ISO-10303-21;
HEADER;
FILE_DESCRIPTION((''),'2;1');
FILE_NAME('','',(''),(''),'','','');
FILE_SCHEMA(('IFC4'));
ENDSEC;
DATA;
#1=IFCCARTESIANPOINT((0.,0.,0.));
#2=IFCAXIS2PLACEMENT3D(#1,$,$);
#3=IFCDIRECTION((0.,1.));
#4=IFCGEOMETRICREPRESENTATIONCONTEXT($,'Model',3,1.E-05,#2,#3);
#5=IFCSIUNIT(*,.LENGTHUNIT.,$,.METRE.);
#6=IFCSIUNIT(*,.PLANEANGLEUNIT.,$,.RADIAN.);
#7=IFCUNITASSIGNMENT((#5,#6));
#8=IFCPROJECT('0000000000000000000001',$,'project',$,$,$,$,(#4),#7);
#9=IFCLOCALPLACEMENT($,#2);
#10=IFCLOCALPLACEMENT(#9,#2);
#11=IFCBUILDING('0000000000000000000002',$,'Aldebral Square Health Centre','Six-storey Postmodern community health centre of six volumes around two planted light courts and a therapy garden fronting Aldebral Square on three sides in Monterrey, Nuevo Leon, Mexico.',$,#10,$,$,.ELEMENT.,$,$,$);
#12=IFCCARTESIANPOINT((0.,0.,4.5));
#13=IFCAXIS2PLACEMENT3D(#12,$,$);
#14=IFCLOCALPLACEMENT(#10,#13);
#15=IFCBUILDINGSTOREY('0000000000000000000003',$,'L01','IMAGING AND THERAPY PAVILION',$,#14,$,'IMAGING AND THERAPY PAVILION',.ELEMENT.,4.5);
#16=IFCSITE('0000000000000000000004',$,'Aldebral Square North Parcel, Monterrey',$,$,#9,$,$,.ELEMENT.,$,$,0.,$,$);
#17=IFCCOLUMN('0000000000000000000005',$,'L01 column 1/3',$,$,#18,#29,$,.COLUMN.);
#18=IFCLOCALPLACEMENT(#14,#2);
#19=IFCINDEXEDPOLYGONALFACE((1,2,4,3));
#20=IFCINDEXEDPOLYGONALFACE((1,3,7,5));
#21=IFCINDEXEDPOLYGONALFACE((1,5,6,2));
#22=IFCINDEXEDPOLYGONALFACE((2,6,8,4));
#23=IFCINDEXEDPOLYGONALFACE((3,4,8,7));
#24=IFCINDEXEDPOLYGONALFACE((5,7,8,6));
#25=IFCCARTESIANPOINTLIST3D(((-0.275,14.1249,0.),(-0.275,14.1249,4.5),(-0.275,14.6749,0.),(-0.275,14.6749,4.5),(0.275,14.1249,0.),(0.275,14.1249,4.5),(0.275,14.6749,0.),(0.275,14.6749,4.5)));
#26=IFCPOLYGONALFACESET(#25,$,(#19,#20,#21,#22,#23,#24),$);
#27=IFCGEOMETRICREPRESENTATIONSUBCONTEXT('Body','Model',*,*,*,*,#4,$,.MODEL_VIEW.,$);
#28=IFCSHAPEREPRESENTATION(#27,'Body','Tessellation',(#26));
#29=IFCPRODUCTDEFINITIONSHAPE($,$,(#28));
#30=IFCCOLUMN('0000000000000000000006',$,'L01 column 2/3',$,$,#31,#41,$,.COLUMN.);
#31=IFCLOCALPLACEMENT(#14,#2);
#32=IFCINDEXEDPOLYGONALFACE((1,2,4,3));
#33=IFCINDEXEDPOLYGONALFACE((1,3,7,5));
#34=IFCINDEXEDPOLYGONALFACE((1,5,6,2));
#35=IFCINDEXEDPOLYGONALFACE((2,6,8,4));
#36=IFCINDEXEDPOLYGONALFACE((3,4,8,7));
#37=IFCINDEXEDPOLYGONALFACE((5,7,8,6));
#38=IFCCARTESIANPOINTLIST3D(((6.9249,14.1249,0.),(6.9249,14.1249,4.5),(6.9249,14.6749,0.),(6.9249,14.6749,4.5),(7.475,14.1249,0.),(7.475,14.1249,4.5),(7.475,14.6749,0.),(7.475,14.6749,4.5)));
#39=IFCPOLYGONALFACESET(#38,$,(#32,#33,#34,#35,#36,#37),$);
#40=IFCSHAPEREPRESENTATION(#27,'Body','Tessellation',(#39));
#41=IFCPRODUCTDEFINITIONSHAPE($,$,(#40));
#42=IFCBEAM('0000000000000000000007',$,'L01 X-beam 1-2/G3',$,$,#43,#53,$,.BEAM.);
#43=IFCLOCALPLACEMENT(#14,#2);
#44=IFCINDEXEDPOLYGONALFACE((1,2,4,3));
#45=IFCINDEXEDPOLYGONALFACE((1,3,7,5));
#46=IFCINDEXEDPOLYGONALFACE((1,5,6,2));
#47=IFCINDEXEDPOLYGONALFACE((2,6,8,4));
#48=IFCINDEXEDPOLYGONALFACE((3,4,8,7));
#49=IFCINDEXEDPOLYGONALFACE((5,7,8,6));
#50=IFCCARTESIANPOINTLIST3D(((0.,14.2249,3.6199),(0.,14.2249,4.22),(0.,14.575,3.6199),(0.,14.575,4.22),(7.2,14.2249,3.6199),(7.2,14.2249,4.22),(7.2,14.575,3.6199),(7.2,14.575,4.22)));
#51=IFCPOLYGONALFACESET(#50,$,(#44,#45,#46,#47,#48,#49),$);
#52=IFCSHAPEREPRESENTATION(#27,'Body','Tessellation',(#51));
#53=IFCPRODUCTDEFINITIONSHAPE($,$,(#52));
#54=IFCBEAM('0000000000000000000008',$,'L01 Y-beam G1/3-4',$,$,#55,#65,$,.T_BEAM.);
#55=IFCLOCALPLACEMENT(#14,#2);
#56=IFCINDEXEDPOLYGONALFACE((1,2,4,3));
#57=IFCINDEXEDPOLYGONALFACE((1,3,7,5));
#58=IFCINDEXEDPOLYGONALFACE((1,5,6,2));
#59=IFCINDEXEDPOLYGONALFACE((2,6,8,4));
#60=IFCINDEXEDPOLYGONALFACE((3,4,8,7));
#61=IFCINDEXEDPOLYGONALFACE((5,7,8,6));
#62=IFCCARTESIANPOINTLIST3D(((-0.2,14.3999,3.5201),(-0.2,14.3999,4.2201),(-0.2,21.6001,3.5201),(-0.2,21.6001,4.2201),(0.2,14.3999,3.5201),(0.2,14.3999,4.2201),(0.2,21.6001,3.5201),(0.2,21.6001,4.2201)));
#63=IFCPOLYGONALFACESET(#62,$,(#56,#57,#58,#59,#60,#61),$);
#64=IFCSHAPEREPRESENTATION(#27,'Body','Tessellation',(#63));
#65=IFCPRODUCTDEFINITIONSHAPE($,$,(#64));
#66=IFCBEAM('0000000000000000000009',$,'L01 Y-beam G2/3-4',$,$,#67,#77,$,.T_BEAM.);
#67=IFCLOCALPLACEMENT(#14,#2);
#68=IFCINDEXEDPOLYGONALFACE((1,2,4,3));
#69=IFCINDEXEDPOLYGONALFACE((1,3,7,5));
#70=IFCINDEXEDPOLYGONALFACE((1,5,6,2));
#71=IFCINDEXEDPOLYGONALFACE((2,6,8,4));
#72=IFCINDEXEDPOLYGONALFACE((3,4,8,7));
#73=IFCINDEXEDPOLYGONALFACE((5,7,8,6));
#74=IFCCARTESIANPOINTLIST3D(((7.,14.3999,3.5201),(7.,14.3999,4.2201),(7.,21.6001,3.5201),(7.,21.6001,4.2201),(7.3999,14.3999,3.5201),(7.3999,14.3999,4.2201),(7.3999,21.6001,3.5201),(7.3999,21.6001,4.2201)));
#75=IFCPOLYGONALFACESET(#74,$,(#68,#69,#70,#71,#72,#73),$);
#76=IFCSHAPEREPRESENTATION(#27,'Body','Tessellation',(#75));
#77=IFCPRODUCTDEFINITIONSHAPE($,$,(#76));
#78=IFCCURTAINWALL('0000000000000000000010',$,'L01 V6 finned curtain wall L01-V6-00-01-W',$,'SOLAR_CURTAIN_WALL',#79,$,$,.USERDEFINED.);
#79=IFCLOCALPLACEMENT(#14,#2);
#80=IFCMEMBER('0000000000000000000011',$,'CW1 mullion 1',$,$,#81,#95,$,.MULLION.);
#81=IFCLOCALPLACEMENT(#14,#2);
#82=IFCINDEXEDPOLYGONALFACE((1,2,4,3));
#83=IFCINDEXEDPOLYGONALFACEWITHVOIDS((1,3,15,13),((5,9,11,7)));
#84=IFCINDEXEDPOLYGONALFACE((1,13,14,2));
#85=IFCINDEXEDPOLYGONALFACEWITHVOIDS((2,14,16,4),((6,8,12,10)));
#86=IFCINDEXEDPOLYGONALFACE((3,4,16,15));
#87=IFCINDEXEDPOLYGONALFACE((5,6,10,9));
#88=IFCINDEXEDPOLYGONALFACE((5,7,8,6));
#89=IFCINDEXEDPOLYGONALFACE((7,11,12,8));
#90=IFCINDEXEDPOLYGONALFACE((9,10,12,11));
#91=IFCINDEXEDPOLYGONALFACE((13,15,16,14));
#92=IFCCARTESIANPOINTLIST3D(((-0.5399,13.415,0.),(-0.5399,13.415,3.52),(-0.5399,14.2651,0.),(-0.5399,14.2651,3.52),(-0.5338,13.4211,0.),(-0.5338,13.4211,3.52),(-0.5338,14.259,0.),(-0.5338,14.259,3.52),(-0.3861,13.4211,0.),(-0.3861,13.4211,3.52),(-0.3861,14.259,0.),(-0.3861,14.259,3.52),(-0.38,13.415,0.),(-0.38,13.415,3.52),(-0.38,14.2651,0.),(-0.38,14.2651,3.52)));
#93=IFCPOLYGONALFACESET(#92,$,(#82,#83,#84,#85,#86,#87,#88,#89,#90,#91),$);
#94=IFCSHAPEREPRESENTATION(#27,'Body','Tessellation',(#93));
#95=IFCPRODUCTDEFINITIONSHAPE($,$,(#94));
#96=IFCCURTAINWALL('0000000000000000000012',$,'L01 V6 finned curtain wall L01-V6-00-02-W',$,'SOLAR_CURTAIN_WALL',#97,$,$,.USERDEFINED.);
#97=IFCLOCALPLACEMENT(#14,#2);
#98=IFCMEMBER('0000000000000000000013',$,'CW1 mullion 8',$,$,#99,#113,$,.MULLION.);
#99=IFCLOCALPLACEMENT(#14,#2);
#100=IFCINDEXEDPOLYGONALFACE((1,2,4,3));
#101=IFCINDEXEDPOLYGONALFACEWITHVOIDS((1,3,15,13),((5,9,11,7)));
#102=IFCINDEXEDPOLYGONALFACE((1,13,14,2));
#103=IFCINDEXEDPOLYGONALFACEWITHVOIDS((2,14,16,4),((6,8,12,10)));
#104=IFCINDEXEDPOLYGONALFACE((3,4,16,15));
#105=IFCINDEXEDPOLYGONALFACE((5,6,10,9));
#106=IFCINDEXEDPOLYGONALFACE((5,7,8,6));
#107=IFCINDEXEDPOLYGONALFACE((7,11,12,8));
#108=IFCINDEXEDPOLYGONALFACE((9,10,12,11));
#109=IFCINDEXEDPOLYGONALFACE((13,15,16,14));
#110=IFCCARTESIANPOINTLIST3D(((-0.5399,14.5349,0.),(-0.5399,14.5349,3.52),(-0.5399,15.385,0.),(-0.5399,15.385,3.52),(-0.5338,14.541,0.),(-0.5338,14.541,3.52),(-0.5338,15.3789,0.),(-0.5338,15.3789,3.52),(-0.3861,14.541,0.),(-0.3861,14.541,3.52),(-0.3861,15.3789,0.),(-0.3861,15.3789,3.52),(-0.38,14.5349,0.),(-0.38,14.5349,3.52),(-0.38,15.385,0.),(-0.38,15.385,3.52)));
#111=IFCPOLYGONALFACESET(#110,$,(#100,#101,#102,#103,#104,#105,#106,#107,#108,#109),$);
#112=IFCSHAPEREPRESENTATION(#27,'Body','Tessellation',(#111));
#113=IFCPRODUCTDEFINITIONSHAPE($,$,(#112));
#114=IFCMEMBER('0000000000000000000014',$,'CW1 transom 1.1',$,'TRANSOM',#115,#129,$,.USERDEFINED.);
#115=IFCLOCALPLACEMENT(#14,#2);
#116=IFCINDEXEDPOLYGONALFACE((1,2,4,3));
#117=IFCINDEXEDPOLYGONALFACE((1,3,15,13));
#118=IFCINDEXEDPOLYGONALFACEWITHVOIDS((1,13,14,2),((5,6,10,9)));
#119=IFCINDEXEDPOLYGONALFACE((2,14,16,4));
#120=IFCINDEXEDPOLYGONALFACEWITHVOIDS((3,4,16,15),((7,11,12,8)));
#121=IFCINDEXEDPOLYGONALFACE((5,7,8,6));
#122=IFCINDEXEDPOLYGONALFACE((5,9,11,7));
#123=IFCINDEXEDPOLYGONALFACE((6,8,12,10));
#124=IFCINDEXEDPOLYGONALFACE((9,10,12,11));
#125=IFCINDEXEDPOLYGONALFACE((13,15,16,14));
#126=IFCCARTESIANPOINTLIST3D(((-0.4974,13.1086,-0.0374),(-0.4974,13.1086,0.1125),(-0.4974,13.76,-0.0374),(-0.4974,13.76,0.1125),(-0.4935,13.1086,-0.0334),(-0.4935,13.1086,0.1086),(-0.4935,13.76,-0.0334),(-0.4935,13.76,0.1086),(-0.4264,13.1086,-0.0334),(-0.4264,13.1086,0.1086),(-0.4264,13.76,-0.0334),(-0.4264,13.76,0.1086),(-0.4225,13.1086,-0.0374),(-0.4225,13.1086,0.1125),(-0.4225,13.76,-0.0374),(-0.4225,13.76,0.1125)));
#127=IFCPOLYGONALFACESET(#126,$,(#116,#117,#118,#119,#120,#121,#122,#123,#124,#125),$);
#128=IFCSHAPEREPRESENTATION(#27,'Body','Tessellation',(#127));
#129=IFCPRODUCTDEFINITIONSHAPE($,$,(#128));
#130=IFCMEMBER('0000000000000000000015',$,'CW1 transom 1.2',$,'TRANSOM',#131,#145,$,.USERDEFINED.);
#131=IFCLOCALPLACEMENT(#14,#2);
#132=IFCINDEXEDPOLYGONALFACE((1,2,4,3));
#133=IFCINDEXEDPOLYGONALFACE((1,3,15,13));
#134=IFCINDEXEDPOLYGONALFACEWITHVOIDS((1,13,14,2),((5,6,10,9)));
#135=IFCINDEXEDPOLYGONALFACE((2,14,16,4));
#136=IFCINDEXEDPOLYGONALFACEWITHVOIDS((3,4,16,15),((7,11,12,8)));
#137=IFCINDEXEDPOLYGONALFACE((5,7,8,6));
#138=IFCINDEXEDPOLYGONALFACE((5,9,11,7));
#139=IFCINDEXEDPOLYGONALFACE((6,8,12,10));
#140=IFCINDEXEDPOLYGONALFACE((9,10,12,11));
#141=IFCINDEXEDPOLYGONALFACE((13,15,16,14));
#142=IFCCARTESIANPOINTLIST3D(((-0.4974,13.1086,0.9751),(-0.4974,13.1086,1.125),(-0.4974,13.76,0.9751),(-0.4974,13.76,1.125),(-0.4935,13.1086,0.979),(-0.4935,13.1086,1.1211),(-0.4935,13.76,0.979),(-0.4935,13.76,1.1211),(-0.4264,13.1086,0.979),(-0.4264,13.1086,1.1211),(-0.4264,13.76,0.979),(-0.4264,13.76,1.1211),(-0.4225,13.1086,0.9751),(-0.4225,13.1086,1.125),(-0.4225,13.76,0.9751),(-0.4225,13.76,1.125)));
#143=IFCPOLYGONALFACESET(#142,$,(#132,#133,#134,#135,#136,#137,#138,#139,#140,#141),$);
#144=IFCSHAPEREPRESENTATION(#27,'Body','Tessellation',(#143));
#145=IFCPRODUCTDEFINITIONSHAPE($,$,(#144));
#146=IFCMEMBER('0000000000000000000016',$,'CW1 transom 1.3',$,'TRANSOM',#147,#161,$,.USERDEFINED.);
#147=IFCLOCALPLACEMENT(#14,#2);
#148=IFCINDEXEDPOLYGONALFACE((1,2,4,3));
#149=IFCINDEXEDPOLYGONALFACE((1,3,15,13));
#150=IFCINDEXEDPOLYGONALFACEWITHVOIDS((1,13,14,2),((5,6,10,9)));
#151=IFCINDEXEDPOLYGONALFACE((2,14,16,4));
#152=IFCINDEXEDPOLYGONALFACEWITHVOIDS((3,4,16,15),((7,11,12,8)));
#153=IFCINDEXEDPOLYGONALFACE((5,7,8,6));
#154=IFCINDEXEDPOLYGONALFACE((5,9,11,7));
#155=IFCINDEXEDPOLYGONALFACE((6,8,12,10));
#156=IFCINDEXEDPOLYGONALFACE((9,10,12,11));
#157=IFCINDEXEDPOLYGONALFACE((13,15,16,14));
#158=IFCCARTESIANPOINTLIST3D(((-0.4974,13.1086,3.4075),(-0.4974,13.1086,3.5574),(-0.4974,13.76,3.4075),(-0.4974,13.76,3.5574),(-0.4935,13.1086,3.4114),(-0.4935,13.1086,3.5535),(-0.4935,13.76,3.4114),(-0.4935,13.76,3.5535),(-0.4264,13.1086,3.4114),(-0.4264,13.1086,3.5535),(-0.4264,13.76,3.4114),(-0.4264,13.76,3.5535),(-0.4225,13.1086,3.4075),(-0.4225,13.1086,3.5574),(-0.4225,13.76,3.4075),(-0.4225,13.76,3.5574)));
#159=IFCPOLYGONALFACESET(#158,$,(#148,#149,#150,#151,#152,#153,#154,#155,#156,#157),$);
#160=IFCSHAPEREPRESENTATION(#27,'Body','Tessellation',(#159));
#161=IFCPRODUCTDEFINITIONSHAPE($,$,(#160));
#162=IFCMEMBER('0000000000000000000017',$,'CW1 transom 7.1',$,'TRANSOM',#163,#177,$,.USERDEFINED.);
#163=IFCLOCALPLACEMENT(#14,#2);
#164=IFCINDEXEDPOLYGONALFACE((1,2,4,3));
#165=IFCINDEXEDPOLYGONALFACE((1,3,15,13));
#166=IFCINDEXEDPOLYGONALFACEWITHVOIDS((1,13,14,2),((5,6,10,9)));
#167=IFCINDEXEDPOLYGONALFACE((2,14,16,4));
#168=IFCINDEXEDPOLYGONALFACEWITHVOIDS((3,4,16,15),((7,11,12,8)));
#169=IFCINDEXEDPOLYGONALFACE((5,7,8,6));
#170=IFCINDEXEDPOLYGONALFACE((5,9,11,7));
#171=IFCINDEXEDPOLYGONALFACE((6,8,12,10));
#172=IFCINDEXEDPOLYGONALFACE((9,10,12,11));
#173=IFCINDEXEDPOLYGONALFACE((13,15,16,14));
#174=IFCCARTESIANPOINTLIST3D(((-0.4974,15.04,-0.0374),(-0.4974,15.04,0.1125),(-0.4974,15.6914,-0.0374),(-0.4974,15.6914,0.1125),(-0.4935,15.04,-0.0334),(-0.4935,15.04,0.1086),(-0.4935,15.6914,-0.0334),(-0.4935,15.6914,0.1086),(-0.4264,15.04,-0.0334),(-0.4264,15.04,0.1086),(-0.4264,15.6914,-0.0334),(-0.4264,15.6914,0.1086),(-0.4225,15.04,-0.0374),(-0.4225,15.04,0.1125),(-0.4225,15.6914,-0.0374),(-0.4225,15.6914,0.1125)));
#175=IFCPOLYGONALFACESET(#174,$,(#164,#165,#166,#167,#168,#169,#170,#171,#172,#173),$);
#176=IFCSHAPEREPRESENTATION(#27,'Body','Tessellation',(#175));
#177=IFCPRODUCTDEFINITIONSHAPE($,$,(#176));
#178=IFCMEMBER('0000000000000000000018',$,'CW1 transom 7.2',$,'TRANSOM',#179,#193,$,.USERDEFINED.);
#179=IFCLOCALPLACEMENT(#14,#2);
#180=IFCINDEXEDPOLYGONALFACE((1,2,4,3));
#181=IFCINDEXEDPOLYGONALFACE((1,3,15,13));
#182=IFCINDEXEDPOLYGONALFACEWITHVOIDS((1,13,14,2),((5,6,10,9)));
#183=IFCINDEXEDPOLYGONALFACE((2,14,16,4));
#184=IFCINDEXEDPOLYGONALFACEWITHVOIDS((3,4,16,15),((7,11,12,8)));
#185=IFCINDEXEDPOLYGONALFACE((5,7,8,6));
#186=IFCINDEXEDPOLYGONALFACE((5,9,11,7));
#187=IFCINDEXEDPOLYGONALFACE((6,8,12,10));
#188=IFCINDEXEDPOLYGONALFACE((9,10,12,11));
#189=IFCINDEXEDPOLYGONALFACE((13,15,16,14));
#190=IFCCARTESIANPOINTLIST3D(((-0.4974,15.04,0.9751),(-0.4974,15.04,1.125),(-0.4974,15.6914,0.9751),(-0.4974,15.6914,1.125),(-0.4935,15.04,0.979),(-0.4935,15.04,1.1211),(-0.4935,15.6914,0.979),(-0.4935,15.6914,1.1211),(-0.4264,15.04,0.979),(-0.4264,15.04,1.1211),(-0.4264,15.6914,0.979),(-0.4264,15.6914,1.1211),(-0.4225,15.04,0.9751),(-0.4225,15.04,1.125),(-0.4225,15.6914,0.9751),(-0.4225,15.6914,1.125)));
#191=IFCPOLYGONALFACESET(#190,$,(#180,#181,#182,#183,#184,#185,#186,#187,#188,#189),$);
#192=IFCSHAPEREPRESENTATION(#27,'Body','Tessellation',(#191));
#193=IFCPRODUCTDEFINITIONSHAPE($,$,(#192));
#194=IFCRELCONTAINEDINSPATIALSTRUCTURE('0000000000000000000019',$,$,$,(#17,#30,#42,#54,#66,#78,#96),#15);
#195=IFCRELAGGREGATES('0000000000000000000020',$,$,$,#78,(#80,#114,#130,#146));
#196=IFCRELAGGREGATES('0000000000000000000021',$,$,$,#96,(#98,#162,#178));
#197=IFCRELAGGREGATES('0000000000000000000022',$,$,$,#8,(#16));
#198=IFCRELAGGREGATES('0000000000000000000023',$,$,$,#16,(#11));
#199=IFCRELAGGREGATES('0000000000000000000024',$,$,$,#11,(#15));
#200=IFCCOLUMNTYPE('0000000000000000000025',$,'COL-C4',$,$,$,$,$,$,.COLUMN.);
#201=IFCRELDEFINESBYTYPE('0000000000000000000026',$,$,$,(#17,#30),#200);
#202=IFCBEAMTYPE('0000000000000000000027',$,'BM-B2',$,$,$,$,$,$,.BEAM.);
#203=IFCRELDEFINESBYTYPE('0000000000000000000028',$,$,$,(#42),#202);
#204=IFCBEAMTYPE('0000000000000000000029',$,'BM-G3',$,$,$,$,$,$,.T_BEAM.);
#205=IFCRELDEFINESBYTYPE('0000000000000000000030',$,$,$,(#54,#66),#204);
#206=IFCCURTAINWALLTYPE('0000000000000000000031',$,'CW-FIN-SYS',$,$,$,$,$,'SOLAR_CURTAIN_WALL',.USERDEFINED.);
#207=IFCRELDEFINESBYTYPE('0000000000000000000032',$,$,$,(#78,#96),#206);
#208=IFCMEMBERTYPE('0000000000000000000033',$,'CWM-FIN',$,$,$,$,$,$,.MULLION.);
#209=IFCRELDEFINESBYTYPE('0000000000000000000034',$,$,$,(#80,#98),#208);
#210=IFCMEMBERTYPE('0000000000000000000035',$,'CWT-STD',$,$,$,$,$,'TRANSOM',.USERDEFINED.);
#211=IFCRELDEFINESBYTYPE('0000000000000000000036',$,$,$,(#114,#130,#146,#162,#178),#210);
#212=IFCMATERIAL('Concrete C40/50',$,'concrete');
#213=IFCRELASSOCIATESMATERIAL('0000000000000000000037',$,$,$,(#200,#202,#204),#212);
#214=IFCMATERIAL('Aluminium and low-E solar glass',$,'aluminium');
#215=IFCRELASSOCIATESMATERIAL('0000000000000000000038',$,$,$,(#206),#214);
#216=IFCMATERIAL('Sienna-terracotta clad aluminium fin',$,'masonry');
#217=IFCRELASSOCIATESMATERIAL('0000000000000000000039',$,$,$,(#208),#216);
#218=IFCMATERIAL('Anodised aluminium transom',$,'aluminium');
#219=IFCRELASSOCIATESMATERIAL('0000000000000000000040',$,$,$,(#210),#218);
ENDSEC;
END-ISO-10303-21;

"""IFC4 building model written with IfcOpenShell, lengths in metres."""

from ifc_helpers import new_model, si_unit, direction, frame, origin, origin_2d, place, context, subcontext, project, spatial, rectangle, hollow_rectangle, extrude, material, material_profile, profile_set, type_object, element, aggregate, save


model = new_model("IFC4")

# Units and contexts
model_context = context("Model", 3, precision=1e-05, world=origin(), true_north=direction((0.0, 1.0)))
body_context = subcontext(model_context, "Body", "Model", "MODEL_VIEW")
ifc_project = project(units=[si_unit("LENGTHUNIT", "METRE"), si_unit("PLANEANGLEUNIT", "RADIAN")], contexts=[model_context])

# Site, building, storey
site_placement = place(None, origin())
site = spatial("IfcSite", under=ifc_project, at=site_placement, Name="Aldebral Square North Parcel, Monterrey", CompositionType="ELEMENT", RefElevation=0.0)
building_placement = place(site_placement, origin())
building = spatial("IfcBuilding", under=site, at=building_placement, Name="Aldebral Square Health Centre", Description="Six-storey Postmodern community health centre of six volumes around two planted light courts and a therapy garden fronting Aldebral Square on three sides in Monterrey, Nuevo Leon, Mexico.", CompositionType="ELEMENT")
storey_placement = place(building_placement, frame((0.0, 0.0, 4.5)))
storey = spatial("IfcBuildingStorey", under=building, at=storey_placement, Name="L01", Description="IMAGING AND THERAPY PAVILION", LongName="IMAGING AND THERAPY PAVILION", CompositionType="ELEMENT", Elevation=4.5)

# Columns
ifc_material_1 = material(Name="Concrete C40/50", Category="concrete")
ifc_material_profile_1 = material_profile(ifc_material_1, rectangle(XDim=0.55, YDim=0.55, at=origin_2d()), Name="RC 550x550")
ifc_profile_set_1 = profile_set([ifc_material_profile_1], Name="Concrete C40/50")
column_type = type_object("IfcColumnType", Name="COL-C4", PredefinedType="COLUMN", material=ifc_profile_set_1)
for number, where, z_axis, x_axis, name in (
    (1, (0.0, 14.3999, 0.0), (0.0, 0.0, 1.0), (1.0, 0.0, 0.0), "L01 column 1/3"),
    (2, (7.2, 14.3999, 0.0), (0.0, 0.0, 1.0), (1.0, 0.0, 0.0), "L01 column 2/3"),
):
    element("IfcColumn", number, at=place(storey_placement, frame(where, z_axis=z_axis, x_axis=x_axis)), inside=storey, type_object=column_type, Name=name, PredefinedType="COLUMN", context=body_context, shape_type="SweptSolid", body=[
        extrude(rectangle(XDim=0.55, YDim=0.55, at=origin_2d()), origin(), (0.0, 0.0, 1.0), 4.5),
    ])

# Beams
ifc_material_profile_2 = material_profile(ifc_material_1, rectangle(XDim=0.3501, YDim=0.6001, at=origin_2d()), Name="RC 350x600")
ifc_profile_set_2 = profile_set([ifc_material_profile_2], Name="Concrete C40/50")
beam_type_1 = type_object("IfcBeamType", Name="BM-B2", PredefinedType="BEAM", material=ifc_profile_set_2)
beam_placement = place(storey_placement, frame((0.0, 14.3999, 3.9199), z_axis=(1.0, 0.0, 0.0), x_axis=(0.0, 1.0, 0.0)))
element("IfcBeam", 3, at=beam_placement, inside=storey, type_object=beam_type_1, Name="L01 X-beam 1-2/G3", PredefinedType="BEAM", context=body_context, shape_type="SweptSolid", body=[
    extrude(rectangle(XDim=0.3501, YDim=0.6001, at=origin_2d()), origin(), (0.0, 0.0, 1.0), 7.2),
])
ifc_material_profile_3 = material_profile(ifc_material_1, rectangle(XDim=0.3999, YDim=0.7, at=origin_2d()), Name="RC 400x700")
ifc_profile_set_3 = profile_set([ifc_material_profile_3], Name="Concrete C40/50")
beam_type_2 = type_object("IfcBeamType", Name="BM-G3", PredefinedType="T_BEAM", material=ifc_profile_set_3)
for number, where, z_axis, x_axis, name in (
    (4, (0.0, 14.3999, 3.8701), (0.0, 1.0, 0.0), (-1.0, 0.0, 0.0), "L01 Y-beam G1/3-4"),
    (5, (7.2, 14.3999, 3.8701), (0.0, 1.0, 0.0), (-1.0, 0.0, 0.0), "L01 Y-beam G2/3-4"),
):
    element("IfcBeam", number, at=place(storey_placement, frame(where, z_axis=z_axis, x_axis=x_axis)), inside=storey, type_object=beam_type_2, Name=name, PredefinedType="T_BEAM", context=body_context, shape_type="SweptSolid", body=[
        extrude(rectangle(XDim=0.3999, YDim=0.7, at=origin_2d()), origin(), (0.0, 0.0, 1.0), 7.2002),
    ])

# Curtain walls, members
ifc_material_2 = material(Name="Aluminium and low-E solar glass", Category="aluminium")
curtain_wall_type = type_object("IfcCurtainWallType", Name="CW-FIN-SYS", ElementType="SOLAR_CURTAIN_WALL", PredefinedType="USERDEFINED", material=ifc_material_2)
curtain_wall_1_placement = place(storey_placement, origin())
curtain_wall_1 = element("IfcCurtainWall", 6, at=curtain_wall_1_placement, inside=storey, type_object=curtain_wall_type, Name="L01 V6 finned curtain wall L01-V6-00-01-W", ObjectType="SOLAR_CURTAIN_WALL", PredefinedType="USERDEFINED")
ifc_material_3 = material(Name="Sienna-terracotta clad aluminium fin", Category="masonry")
ifc_material_profile_4 = material_profile(ifc_material_3, hollow_rectangle(XDim=0.1599, YDim=0.8501, WallThickness=0.0061, at=origin_2d()), Name="FIN 160x850x6")
ifc_profile_set_4 = profile_set([ifc_material_profile_4], Name="Sienna-terracotta clad aluminium fin")
member_type_1 = type_object("IfcMemberType", Name="CWM-FIN", PredefinedType="MULLION", material=ifc_profile_set_4)
member_1_placement = place(storey_placement, frame((-0.46, 13.8401, 0.0), z_axis=(0.0, 0.0, 1.0), x_axis=(1.0, 0.0, 0.0)))
member_1 = element("IfcMember", 7, at=member_1_placement, type_object=member_type_1, Name="CW1 mullion 1", PredefinedType="MULLION", context=body_context, shape_type="SweptSolid", body=[
    extrude(hollow_rectangle(XDim=0.1599, YDim=0.8501, WallThickness=0.0061, at=origin_2d()), origin(), (0.0, 0.0, 1.0), 3.52),
])
curtain_wall_2_placement = place(storey_placement, origin())
curtain_wall_2 = element("IfcCurtainWall", 8, at=curtain_wall_2_placement, inside=storey, type_object=curtain_wall_type, Name="L01 V6 finned curtain wall L01-V6-00-02-W", ObjectType="SOLAR_CURTAIN_WALL", PredefinedType="USERDEFINED")
member_2_placement = place(storey_placement, frame((-0.46, 14.96, 0.0), z_axis=(0.0, 0.0, 1.0), x_axis=(1.0, 0.0, 0.0)))
member_2 = element("IfcMember", 9, at=member_2_placement, type_object=member_type_1, Name="CW1 mullion 8", PredefinedType="MULLION", context=body_context, shape_type="SweptSolid", body=[
    extrude(hollow_rectangle(XDim=0.1599, YDim=0.8501, WallThickness=0.0061, at=origin_2d()), origin(), (0.0, 0.0, 1.0), 3.52),
])

# Members
ifc_material_4 = material(Name="Anodised aluminium transom", Category="aluminium")
ifc_material_profile_5 = material_profile(ifc_material_4, hollow_rectangle(XDim=0.075, YDim=0.1499, WallThickness=0.0039, at=origin_2d()), Name="CWT 75x150x4")
ifc_profile_set_5 = profile_set([ifc_material_profile_5], Name="Anodised aluminium transom")
member_type_2 = type_object("IfcMemberType", Name="CWT-STD", ElementType="TRANSOM", PredefinedType="USERDEFINED", material=ifc_profile_set_5)
member_3_placement = place(storey_placement, frame((-0.46, 13.76, 0.0376), z_axis=(0.0, -1.0, 0.0), x_axis=(1.0, 0.0, 0.0)))
member_3 = element("IfcMember", 10, at=member_3_placement, type_object=member_type_2, Name="CW1 transom 1.1", ObjectType="TRANSOM", PredefinedType="USERDEFINED", context=body_context, shape_type="SweptSolid", body=[
    extrude(hollow_rectangle(XDim=0.075, YDim=0.1499, WallThickness=0.0039, at=origin_2d()), origin(), (0.0, 0.0, 1.0), 0.6514),
])
member_4_placement = place(storey_placement, frame((-0.46, 13.76, 1.05), z_axis=(0.0, -1.0, 0.0), x_axis=(1.0, 0.0, 0.0)))
member_4 = element("IfcMember", 11, at=member_4_placement, type_object=member_type_2, Name="CW1 transom 1.2", ObjectType="TRANSOM", PredefinedType="USERDEFINED", context=body_context, shape_type="SweptSolid", body=[
    extrude(hollow_rectangle(XDim=0.075, YDim=0.1499, WallThickness=0.0039, at=origin_2d()), origin(), (0.0, 0.0, 1.0), 0.6514),
])
member_5_placement = place(storey_placement, frame((-0.46, 13.76, 3.4824), z_axis=(0.0, -1.0, 0.0), x_axis=(1.0, 0.0, 0.0)))
member_5 = element("IfcMember", 12, at=member_5_placement, type_object=member_type_2, Name="CW1 transom 1.3", ObjectType="TRANSOM", PredefinedType="USERDEFINED", context=body_context, shape_type="SweptSolid", body=[
    extrude(hollow_rectangle(XDim=0.075, YDim=0.1499, WallThickness=0.0039, at=origin_2d()), origin(), (0.0, 0.0, 1.0), 0.6514),
])
aggregate(curtain_wall_1, [member_1, member_3, member_4, member_5])
member_6_placement = place(storey_placement, frame((-0.46, 15.6914, 0.0376), z_axis=(0.0, -1.0, 0.0), x_axis=(1.0, 0.0, 0.0)))
member_6 = element("IfcMember", 13, at=member_6_placement, type_object=member_type_2, Name="CW1 transom 7.1", ObjectType="TRANSOM", PredefinedType="USERDEFINED", context=body_context, shape_type="SweptSolid", body=[
    extrude(hollow_rectangle(XDim=0.075, YDim=0.1499, WallThickness=0.0039, at=origin_2d()), origin(), (0.0, 0.0, 1.0), 0.6514),
])
member_7_placement = place(storey_placement, frame((-0.46, 15.6914, 1.05), z_axis=(0.0, -1.0, 0.0), x_axis=(1.0, 0.0, 0.0)))
member_7 = element("IfcMember", 14, at=member_7_placement, type_object=member_type_2, Name="CW1 transom 7.2", ObjectType="TRANSOM", PredefinedType="USERDEFINED", context=body_context, shape_type="SweptSolid", body=[
    extrude(hollow_rectangle(XDim=0.075, YDim=0.1499, WallThickness=0.0039, at=origin_2d()), origin(), (0.0, 0.0, 1.0), 0.6514),
])

aggregate(curtain_wall_2, [member_2, member_6, member_7])

save(model, "model.ifc")
